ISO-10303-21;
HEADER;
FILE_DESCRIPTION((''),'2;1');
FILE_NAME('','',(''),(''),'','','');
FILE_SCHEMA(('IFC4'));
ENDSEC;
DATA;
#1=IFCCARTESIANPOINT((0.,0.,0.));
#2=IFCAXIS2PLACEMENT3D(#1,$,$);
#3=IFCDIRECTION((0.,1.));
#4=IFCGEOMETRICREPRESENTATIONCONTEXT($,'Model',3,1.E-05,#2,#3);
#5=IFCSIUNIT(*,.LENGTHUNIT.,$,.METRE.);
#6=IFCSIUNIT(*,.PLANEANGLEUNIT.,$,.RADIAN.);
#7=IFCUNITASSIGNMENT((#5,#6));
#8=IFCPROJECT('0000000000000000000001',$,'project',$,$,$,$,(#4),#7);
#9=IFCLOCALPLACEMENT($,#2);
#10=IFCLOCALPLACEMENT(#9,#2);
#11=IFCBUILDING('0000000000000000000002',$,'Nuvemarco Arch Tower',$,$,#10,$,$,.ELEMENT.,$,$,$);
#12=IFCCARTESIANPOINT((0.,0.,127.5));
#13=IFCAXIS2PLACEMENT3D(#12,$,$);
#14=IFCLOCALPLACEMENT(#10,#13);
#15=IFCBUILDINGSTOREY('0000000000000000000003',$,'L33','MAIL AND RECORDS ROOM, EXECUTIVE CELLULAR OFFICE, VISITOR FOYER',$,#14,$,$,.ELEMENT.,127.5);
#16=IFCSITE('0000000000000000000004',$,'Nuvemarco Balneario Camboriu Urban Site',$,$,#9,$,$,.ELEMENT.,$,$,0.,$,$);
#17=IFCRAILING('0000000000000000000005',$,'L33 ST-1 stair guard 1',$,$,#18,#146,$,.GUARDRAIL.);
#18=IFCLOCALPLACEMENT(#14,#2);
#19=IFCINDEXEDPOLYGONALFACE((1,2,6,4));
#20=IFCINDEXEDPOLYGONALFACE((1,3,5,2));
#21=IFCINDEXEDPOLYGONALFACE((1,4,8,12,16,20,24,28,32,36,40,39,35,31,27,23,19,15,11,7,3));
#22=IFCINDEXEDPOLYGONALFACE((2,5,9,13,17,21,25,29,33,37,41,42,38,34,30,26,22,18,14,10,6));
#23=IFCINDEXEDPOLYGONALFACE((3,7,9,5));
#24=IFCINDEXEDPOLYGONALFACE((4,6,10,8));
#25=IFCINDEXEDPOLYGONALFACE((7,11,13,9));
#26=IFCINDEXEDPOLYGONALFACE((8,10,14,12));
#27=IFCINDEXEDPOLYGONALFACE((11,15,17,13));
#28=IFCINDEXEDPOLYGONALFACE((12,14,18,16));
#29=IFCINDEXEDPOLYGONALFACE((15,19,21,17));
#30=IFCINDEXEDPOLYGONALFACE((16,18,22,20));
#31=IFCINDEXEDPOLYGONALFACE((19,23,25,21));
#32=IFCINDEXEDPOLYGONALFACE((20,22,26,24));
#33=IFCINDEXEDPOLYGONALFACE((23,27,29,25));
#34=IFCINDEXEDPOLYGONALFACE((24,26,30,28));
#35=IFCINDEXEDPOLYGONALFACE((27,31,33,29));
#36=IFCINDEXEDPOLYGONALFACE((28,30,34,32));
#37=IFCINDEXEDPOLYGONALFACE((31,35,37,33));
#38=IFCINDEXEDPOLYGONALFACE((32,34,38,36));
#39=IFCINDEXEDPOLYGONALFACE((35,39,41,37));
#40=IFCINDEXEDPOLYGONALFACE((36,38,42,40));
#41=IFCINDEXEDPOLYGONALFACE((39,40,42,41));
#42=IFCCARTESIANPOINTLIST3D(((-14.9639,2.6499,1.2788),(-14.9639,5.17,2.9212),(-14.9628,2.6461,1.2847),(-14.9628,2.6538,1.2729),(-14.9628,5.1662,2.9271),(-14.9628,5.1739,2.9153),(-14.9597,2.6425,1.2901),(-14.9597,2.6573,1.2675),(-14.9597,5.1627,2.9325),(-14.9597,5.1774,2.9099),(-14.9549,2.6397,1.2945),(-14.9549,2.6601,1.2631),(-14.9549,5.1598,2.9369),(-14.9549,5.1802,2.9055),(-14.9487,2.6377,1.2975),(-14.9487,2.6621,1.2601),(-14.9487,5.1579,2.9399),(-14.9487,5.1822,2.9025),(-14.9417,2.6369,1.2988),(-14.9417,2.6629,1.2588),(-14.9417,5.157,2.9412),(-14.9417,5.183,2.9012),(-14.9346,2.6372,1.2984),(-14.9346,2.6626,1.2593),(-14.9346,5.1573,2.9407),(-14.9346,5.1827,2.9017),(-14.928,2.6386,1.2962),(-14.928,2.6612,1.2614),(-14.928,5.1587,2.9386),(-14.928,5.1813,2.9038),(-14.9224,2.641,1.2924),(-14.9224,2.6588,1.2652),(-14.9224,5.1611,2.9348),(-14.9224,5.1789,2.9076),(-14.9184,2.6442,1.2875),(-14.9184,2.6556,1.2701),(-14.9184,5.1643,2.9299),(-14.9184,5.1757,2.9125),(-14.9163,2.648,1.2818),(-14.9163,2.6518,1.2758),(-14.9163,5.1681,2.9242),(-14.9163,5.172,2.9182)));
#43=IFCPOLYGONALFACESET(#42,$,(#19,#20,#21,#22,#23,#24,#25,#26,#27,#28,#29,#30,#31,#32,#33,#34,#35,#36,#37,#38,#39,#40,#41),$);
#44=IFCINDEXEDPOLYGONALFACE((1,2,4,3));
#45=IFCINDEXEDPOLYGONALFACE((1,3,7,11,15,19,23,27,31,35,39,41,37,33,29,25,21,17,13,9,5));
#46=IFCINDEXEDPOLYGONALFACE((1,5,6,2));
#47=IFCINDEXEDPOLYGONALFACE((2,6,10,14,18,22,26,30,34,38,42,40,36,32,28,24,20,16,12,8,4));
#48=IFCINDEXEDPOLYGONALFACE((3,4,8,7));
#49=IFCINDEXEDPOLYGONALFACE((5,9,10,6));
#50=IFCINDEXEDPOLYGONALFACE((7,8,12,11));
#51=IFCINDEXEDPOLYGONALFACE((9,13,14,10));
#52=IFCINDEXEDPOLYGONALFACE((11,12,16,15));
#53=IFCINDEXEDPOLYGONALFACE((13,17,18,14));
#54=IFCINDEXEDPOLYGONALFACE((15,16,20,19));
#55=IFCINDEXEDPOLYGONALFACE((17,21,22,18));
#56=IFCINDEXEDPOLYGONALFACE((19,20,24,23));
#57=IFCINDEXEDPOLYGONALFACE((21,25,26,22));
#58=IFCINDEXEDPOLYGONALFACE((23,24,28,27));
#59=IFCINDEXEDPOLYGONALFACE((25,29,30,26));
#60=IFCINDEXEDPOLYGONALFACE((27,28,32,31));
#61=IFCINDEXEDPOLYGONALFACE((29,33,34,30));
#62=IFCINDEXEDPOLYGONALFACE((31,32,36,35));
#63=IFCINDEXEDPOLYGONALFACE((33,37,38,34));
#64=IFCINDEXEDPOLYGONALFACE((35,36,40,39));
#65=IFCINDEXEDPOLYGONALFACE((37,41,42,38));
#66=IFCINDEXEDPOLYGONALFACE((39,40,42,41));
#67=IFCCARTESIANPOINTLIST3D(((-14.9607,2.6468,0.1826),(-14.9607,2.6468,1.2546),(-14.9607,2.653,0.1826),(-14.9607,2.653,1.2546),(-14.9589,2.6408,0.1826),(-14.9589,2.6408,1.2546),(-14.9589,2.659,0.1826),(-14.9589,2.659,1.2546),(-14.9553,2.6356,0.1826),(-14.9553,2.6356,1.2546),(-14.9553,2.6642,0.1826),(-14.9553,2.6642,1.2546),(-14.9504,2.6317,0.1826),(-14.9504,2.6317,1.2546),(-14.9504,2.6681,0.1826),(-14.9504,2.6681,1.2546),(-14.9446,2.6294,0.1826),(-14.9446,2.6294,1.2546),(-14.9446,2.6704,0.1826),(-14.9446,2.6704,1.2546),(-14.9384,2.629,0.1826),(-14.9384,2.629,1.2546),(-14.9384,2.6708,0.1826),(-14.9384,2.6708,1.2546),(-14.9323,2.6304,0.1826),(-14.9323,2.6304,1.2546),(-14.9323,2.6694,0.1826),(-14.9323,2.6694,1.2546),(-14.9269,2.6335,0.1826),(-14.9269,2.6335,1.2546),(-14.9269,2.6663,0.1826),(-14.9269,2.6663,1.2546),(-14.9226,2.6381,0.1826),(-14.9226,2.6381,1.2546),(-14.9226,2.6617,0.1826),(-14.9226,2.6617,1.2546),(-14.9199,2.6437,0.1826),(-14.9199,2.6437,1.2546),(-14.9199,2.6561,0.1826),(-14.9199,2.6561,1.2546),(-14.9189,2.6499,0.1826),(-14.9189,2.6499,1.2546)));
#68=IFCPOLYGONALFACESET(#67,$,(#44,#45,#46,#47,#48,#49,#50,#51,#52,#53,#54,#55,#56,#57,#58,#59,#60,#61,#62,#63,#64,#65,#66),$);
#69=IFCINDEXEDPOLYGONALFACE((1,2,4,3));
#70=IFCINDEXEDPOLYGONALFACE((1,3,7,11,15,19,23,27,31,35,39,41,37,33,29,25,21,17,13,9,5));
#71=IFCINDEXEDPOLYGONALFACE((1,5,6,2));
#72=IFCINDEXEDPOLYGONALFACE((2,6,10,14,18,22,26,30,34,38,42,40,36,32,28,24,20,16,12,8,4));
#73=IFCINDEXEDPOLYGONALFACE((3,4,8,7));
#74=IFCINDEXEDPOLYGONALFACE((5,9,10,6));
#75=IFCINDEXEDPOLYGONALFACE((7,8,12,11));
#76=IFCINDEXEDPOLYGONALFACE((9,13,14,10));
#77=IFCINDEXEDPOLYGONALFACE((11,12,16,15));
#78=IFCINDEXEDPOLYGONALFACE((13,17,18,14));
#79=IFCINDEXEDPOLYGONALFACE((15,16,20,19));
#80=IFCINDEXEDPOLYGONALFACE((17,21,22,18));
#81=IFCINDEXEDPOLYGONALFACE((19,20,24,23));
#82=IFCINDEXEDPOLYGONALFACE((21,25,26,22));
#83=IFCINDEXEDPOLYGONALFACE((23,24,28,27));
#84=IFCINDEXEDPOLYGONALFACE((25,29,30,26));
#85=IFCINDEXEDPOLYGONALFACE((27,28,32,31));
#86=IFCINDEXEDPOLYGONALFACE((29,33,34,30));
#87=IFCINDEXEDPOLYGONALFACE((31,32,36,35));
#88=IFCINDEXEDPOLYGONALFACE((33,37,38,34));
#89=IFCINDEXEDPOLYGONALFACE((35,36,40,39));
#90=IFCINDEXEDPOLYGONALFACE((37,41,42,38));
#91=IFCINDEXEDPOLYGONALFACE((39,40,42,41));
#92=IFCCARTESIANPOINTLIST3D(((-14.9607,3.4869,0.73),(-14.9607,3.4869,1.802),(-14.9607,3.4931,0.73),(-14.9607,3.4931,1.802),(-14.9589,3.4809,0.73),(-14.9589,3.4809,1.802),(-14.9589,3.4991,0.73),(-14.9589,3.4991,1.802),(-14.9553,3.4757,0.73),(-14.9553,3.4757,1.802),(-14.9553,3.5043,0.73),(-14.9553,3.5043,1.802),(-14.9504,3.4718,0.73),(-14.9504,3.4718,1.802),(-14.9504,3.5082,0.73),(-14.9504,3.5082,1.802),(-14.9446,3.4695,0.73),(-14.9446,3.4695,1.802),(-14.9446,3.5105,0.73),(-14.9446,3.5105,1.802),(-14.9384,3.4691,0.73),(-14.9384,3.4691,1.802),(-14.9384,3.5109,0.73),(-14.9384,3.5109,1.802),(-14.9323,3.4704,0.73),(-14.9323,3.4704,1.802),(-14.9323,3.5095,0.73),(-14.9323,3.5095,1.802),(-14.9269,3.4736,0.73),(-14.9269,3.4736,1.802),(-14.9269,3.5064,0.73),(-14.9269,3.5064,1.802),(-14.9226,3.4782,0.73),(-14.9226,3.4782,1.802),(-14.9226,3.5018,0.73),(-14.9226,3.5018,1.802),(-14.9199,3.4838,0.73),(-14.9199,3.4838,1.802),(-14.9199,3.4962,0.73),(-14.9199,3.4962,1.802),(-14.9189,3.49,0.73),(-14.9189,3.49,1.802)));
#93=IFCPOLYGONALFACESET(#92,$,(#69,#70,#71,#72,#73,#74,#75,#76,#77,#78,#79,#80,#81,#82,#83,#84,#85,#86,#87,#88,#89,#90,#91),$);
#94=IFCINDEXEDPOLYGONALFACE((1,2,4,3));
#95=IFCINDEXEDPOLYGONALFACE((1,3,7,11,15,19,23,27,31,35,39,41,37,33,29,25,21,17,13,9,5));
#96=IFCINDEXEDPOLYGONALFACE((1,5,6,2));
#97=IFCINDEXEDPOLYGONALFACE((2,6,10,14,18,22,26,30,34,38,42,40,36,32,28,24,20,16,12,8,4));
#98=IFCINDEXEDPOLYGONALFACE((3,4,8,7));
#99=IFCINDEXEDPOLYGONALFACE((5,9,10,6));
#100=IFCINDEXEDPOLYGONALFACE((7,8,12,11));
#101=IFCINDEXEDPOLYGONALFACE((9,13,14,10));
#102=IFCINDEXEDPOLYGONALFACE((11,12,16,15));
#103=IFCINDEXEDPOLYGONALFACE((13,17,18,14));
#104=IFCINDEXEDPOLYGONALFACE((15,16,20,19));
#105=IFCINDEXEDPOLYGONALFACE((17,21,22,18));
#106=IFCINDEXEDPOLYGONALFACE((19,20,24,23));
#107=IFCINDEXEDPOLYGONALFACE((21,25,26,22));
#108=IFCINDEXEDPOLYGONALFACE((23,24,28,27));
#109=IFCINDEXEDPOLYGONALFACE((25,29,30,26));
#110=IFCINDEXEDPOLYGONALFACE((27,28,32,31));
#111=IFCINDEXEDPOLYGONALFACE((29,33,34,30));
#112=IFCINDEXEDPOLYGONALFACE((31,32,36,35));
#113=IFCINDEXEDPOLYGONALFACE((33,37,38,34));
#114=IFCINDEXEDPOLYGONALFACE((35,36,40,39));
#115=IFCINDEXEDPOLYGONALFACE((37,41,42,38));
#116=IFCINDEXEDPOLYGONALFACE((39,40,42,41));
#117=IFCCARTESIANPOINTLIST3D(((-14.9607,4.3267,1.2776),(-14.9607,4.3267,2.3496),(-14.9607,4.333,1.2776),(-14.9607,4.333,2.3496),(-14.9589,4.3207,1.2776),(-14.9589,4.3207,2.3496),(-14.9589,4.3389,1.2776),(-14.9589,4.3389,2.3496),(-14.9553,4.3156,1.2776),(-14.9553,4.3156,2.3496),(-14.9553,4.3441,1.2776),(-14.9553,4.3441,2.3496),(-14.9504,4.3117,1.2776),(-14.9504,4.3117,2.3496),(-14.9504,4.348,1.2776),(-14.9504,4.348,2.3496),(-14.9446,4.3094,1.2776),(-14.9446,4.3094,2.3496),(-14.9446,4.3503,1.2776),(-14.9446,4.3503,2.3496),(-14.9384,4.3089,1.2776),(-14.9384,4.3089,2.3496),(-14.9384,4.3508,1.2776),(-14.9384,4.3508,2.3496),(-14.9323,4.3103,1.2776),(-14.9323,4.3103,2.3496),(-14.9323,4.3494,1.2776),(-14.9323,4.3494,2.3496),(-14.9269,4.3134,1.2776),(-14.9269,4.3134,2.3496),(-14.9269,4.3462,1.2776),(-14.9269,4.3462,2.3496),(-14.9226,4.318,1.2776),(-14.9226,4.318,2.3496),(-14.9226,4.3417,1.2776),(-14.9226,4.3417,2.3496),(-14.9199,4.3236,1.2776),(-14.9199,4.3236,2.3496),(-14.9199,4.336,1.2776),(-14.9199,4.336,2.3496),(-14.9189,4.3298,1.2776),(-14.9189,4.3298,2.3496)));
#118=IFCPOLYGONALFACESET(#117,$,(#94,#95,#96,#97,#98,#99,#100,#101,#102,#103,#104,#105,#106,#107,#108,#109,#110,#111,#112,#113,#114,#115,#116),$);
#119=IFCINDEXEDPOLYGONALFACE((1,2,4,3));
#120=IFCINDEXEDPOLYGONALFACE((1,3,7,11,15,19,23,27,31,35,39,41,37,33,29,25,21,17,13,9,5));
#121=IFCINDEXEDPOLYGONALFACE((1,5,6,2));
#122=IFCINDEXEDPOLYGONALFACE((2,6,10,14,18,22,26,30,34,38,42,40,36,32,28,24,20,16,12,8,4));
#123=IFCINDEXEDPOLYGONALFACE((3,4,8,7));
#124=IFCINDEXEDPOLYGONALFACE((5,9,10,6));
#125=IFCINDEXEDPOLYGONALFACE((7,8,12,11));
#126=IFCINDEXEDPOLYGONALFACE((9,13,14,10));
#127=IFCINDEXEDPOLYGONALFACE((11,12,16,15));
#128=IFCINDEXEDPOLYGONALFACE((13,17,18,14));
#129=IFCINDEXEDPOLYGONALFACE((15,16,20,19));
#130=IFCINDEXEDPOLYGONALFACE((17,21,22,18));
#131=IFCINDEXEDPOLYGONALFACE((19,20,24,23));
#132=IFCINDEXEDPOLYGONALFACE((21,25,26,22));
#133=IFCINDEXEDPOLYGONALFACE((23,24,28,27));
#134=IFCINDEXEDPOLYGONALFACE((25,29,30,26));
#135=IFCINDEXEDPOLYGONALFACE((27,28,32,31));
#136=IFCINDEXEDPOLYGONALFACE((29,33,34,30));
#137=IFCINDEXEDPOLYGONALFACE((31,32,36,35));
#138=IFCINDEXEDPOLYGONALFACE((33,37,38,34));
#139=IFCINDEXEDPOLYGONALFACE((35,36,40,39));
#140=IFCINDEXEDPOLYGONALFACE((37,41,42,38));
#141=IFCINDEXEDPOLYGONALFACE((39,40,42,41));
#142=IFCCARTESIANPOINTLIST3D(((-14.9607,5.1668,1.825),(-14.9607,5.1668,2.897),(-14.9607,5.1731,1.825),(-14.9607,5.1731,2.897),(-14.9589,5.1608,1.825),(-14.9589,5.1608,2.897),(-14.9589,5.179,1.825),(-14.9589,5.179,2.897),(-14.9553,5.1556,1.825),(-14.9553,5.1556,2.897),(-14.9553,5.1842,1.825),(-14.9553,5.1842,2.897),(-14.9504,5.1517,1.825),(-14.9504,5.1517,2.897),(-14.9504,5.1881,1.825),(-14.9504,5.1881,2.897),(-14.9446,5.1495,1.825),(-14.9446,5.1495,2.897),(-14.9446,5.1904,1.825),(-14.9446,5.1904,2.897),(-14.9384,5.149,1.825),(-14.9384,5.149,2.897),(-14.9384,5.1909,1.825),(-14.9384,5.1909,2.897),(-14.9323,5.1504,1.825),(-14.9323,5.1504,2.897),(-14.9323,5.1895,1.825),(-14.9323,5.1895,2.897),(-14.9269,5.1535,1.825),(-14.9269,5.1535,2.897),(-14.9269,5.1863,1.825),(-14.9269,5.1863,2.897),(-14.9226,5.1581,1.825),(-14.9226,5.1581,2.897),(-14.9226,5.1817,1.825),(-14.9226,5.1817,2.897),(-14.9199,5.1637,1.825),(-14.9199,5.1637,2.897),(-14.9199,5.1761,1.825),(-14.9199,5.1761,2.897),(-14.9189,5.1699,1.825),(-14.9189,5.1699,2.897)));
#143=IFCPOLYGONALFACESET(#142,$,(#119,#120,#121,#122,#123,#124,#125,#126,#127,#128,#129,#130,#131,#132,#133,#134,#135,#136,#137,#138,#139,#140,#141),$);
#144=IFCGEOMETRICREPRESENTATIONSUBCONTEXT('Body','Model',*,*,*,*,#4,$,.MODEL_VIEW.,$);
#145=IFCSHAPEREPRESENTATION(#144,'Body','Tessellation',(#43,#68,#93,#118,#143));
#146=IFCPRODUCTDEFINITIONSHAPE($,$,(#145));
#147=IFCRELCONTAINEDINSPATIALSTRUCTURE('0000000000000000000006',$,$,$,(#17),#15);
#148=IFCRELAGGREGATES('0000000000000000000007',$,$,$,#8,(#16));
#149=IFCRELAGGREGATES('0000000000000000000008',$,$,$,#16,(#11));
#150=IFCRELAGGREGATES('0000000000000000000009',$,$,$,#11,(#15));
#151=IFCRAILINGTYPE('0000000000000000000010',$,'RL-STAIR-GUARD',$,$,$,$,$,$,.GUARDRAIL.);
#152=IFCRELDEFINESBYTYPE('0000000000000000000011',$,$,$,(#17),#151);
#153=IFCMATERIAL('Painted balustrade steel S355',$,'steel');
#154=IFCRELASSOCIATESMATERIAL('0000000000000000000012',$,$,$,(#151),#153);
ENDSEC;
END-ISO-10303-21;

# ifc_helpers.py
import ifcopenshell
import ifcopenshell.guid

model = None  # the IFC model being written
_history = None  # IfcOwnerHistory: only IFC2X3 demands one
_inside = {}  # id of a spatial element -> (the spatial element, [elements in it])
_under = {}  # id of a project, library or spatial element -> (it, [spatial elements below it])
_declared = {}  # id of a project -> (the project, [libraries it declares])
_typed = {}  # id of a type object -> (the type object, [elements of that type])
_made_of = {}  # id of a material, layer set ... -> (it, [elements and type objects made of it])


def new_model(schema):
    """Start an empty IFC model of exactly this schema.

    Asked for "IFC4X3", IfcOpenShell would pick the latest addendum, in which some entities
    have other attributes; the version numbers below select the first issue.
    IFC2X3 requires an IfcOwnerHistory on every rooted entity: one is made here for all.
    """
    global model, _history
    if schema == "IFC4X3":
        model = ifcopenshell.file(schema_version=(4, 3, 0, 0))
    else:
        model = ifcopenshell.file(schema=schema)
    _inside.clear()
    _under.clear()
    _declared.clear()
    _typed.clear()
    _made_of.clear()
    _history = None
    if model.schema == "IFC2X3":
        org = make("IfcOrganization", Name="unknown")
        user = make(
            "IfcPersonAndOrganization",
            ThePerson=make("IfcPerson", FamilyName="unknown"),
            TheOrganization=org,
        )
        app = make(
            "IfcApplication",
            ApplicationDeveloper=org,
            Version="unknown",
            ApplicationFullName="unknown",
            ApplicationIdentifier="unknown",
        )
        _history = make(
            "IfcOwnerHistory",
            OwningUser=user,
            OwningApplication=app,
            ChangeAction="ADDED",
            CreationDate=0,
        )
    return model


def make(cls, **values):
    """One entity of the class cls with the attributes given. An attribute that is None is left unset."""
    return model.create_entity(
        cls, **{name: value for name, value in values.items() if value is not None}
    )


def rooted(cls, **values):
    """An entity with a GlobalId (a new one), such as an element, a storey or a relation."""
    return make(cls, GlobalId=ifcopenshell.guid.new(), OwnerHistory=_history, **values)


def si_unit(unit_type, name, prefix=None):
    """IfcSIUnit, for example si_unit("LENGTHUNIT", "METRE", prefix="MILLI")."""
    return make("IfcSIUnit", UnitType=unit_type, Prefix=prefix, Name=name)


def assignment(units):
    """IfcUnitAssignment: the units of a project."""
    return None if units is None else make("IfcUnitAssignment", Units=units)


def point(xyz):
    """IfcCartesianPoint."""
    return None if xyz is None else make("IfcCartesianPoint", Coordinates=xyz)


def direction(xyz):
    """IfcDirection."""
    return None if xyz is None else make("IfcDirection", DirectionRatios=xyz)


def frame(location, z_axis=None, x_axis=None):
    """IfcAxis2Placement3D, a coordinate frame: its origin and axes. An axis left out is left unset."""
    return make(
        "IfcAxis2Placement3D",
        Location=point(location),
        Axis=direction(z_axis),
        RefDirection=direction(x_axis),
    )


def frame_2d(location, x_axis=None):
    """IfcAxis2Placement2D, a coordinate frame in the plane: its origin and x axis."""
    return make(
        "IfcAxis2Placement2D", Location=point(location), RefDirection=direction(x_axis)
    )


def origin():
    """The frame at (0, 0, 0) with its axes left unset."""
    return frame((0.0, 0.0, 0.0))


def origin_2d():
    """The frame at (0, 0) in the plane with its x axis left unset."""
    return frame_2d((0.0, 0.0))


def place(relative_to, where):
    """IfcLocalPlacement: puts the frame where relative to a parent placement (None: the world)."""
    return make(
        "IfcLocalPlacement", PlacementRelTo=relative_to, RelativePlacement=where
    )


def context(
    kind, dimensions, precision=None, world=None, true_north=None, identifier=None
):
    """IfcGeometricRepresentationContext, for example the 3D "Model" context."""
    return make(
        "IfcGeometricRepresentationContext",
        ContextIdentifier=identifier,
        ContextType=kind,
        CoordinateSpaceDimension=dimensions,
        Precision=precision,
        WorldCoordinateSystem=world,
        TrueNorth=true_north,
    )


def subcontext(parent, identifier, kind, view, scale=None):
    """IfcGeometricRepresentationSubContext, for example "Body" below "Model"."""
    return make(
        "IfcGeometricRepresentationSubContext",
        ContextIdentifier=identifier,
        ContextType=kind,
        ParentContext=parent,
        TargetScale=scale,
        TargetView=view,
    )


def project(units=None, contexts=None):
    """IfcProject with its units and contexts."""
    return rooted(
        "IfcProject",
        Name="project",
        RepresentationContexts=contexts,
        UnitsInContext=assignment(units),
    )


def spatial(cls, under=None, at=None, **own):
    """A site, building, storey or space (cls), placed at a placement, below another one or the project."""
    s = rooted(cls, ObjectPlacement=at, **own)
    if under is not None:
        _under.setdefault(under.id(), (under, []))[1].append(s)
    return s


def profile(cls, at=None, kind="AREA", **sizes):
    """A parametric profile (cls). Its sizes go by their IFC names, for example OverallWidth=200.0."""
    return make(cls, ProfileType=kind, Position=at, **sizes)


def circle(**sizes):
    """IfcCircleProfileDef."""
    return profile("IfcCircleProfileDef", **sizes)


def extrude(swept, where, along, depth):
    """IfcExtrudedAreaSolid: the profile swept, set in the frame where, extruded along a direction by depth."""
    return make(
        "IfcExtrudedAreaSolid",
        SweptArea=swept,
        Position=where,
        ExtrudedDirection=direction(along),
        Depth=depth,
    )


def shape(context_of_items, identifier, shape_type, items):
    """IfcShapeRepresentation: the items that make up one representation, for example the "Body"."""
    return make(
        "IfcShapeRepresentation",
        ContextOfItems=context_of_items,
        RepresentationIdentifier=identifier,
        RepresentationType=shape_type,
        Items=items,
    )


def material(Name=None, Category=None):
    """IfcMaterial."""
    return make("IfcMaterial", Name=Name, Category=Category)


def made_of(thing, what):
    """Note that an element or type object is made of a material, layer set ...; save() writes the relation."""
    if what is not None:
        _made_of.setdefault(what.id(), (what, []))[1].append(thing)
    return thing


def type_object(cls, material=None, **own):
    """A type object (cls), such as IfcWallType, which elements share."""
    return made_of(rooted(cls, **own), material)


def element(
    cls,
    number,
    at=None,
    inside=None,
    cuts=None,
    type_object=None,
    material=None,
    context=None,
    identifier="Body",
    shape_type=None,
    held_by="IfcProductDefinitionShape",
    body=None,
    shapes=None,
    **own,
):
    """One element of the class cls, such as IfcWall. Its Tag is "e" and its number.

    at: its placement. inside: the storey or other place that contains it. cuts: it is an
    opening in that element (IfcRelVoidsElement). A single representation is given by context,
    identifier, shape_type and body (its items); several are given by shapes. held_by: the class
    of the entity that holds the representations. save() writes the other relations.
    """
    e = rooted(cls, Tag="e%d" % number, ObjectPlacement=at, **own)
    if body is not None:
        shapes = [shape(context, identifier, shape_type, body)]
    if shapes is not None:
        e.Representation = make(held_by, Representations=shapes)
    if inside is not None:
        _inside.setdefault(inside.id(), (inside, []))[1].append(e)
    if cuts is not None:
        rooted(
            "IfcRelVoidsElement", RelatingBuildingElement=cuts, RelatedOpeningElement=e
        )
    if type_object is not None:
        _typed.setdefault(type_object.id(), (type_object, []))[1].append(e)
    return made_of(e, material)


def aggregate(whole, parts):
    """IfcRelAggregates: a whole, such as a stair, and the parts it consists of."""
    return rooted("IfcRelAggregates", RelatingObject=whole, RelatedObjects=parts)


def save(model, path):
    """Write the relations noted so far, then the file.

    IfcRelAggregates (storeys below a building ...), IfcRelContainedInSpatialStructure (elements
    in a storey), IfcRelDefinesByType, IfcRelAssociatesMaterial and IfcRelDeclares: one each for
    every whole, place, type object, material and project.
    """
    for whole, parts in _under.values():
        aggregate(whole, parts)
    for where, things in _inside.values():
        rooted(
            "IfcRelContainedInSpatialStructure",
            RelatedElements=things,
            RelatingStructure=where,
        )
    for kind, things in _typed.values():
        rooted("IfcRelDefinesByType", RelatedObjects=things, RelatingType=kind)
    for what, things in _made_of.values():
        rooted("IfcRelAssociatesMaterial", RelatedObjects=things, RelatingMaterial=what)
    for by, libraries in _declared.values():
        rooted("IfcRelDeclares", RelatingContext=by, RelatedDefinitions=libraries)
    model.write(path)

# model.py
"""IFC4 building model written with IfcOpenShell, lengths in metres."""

from ifc_helpers import new_model, si_unit, direction, frame, origin, origin_2d, place, context, subcontext, project, spatial, circle, extrude, material, type_object, element, save


model = new_model("IFC4")

# Units and contexts
model_context = context("Model", 3, precision=1e-05, world=origin(), true_north=direction((0.0, 1.0)))
body_context = subcontext(model_context, "Body", "Model", "MODEL_VIEW")
ifc_project = project(units=[si_unit("LENGTHUNIT", "METRE"), si_unit("PLANEANGLEUNIT", "RADIAN")], contexts=[model_context])

# Site, building, storey
site_placement = place(None, origin())
site = spatial("IfcSite", under=ifc_project, at=site_placement, Name="Nuvemarco Balneario Camboriu Urban Site", CompositionType="ELEMENT", RefElevation=0.0)
building_placement = place(site_placement, origin())
building = spatial("IfcBuilding", under=site, at=building_placement, Name="Nuvemarco Arch Tower", CompositionType="ELEMENT")
storey_placement = place(building_placement, frame((0.0, 0.0, 127.5)))
storey = spatial("IfcBuildingStorey", under=building, at=storey_placement, Name="L33", Description="MAIL AND RECORDS ROOM, EXECUTIVE CELLULAR OFFICE, VISITOR FOYER", CompositionType="ELEMENT", Elevation=127.5)

# Railing
ifc_material_1 = material(Name="Painted balustrade steel S355", Category="steel")
railing_type_1 = type_object("IfcRailingType", Name="RL-STAIR-GUARD", PredefinedType="GUARDRAIL", material=ifc_material_1)
railing_1_placement = place(storey_placement, frame((-14.9399, 2.6499, 0.1826)))
element("IfcRailing", 1, at=railing_1_placement, inside=storey, type_object=railing_type_1, Name="L33 ST-1 stair guard 1", PredefinedType="GUARDRAIL", context=body_context, shape_type="SweptSolid", body=[
    extrude(circle(Radius=0.0239, at=origin_2d()), frame((0.0, 0.0, 1.0962), z_axis=(0.0, 0.837787, 0.545998), x_axis=(-1.0, 0.0, 0.0)), (0.0, 0.0, 1.0), 3.0081),
    extrude(circle(Radius=0.021, at=origin_2d()), origin(), (0.0, 0.0, 1.0), 1.072),
    extrude(circle(Radius=0.021, at=origin_2d()), frame((0.0, 0.8401, 0.5474)), (0.0, 0.0, 1.0), 1.072),
    extrude(circle(Radius=0.021, at=origin_2d()), frame((0.0, 1.6799, 1.095)), (0.0, 0.0, 1.0), 1.072),
    extrude(circle(Radius=0.021, at=origin_2d()), frame((0.0, 2.52, 1.6423)), (0.0, 0.0, 1.0), 1.072),
])

save(model, "model.ifc")
